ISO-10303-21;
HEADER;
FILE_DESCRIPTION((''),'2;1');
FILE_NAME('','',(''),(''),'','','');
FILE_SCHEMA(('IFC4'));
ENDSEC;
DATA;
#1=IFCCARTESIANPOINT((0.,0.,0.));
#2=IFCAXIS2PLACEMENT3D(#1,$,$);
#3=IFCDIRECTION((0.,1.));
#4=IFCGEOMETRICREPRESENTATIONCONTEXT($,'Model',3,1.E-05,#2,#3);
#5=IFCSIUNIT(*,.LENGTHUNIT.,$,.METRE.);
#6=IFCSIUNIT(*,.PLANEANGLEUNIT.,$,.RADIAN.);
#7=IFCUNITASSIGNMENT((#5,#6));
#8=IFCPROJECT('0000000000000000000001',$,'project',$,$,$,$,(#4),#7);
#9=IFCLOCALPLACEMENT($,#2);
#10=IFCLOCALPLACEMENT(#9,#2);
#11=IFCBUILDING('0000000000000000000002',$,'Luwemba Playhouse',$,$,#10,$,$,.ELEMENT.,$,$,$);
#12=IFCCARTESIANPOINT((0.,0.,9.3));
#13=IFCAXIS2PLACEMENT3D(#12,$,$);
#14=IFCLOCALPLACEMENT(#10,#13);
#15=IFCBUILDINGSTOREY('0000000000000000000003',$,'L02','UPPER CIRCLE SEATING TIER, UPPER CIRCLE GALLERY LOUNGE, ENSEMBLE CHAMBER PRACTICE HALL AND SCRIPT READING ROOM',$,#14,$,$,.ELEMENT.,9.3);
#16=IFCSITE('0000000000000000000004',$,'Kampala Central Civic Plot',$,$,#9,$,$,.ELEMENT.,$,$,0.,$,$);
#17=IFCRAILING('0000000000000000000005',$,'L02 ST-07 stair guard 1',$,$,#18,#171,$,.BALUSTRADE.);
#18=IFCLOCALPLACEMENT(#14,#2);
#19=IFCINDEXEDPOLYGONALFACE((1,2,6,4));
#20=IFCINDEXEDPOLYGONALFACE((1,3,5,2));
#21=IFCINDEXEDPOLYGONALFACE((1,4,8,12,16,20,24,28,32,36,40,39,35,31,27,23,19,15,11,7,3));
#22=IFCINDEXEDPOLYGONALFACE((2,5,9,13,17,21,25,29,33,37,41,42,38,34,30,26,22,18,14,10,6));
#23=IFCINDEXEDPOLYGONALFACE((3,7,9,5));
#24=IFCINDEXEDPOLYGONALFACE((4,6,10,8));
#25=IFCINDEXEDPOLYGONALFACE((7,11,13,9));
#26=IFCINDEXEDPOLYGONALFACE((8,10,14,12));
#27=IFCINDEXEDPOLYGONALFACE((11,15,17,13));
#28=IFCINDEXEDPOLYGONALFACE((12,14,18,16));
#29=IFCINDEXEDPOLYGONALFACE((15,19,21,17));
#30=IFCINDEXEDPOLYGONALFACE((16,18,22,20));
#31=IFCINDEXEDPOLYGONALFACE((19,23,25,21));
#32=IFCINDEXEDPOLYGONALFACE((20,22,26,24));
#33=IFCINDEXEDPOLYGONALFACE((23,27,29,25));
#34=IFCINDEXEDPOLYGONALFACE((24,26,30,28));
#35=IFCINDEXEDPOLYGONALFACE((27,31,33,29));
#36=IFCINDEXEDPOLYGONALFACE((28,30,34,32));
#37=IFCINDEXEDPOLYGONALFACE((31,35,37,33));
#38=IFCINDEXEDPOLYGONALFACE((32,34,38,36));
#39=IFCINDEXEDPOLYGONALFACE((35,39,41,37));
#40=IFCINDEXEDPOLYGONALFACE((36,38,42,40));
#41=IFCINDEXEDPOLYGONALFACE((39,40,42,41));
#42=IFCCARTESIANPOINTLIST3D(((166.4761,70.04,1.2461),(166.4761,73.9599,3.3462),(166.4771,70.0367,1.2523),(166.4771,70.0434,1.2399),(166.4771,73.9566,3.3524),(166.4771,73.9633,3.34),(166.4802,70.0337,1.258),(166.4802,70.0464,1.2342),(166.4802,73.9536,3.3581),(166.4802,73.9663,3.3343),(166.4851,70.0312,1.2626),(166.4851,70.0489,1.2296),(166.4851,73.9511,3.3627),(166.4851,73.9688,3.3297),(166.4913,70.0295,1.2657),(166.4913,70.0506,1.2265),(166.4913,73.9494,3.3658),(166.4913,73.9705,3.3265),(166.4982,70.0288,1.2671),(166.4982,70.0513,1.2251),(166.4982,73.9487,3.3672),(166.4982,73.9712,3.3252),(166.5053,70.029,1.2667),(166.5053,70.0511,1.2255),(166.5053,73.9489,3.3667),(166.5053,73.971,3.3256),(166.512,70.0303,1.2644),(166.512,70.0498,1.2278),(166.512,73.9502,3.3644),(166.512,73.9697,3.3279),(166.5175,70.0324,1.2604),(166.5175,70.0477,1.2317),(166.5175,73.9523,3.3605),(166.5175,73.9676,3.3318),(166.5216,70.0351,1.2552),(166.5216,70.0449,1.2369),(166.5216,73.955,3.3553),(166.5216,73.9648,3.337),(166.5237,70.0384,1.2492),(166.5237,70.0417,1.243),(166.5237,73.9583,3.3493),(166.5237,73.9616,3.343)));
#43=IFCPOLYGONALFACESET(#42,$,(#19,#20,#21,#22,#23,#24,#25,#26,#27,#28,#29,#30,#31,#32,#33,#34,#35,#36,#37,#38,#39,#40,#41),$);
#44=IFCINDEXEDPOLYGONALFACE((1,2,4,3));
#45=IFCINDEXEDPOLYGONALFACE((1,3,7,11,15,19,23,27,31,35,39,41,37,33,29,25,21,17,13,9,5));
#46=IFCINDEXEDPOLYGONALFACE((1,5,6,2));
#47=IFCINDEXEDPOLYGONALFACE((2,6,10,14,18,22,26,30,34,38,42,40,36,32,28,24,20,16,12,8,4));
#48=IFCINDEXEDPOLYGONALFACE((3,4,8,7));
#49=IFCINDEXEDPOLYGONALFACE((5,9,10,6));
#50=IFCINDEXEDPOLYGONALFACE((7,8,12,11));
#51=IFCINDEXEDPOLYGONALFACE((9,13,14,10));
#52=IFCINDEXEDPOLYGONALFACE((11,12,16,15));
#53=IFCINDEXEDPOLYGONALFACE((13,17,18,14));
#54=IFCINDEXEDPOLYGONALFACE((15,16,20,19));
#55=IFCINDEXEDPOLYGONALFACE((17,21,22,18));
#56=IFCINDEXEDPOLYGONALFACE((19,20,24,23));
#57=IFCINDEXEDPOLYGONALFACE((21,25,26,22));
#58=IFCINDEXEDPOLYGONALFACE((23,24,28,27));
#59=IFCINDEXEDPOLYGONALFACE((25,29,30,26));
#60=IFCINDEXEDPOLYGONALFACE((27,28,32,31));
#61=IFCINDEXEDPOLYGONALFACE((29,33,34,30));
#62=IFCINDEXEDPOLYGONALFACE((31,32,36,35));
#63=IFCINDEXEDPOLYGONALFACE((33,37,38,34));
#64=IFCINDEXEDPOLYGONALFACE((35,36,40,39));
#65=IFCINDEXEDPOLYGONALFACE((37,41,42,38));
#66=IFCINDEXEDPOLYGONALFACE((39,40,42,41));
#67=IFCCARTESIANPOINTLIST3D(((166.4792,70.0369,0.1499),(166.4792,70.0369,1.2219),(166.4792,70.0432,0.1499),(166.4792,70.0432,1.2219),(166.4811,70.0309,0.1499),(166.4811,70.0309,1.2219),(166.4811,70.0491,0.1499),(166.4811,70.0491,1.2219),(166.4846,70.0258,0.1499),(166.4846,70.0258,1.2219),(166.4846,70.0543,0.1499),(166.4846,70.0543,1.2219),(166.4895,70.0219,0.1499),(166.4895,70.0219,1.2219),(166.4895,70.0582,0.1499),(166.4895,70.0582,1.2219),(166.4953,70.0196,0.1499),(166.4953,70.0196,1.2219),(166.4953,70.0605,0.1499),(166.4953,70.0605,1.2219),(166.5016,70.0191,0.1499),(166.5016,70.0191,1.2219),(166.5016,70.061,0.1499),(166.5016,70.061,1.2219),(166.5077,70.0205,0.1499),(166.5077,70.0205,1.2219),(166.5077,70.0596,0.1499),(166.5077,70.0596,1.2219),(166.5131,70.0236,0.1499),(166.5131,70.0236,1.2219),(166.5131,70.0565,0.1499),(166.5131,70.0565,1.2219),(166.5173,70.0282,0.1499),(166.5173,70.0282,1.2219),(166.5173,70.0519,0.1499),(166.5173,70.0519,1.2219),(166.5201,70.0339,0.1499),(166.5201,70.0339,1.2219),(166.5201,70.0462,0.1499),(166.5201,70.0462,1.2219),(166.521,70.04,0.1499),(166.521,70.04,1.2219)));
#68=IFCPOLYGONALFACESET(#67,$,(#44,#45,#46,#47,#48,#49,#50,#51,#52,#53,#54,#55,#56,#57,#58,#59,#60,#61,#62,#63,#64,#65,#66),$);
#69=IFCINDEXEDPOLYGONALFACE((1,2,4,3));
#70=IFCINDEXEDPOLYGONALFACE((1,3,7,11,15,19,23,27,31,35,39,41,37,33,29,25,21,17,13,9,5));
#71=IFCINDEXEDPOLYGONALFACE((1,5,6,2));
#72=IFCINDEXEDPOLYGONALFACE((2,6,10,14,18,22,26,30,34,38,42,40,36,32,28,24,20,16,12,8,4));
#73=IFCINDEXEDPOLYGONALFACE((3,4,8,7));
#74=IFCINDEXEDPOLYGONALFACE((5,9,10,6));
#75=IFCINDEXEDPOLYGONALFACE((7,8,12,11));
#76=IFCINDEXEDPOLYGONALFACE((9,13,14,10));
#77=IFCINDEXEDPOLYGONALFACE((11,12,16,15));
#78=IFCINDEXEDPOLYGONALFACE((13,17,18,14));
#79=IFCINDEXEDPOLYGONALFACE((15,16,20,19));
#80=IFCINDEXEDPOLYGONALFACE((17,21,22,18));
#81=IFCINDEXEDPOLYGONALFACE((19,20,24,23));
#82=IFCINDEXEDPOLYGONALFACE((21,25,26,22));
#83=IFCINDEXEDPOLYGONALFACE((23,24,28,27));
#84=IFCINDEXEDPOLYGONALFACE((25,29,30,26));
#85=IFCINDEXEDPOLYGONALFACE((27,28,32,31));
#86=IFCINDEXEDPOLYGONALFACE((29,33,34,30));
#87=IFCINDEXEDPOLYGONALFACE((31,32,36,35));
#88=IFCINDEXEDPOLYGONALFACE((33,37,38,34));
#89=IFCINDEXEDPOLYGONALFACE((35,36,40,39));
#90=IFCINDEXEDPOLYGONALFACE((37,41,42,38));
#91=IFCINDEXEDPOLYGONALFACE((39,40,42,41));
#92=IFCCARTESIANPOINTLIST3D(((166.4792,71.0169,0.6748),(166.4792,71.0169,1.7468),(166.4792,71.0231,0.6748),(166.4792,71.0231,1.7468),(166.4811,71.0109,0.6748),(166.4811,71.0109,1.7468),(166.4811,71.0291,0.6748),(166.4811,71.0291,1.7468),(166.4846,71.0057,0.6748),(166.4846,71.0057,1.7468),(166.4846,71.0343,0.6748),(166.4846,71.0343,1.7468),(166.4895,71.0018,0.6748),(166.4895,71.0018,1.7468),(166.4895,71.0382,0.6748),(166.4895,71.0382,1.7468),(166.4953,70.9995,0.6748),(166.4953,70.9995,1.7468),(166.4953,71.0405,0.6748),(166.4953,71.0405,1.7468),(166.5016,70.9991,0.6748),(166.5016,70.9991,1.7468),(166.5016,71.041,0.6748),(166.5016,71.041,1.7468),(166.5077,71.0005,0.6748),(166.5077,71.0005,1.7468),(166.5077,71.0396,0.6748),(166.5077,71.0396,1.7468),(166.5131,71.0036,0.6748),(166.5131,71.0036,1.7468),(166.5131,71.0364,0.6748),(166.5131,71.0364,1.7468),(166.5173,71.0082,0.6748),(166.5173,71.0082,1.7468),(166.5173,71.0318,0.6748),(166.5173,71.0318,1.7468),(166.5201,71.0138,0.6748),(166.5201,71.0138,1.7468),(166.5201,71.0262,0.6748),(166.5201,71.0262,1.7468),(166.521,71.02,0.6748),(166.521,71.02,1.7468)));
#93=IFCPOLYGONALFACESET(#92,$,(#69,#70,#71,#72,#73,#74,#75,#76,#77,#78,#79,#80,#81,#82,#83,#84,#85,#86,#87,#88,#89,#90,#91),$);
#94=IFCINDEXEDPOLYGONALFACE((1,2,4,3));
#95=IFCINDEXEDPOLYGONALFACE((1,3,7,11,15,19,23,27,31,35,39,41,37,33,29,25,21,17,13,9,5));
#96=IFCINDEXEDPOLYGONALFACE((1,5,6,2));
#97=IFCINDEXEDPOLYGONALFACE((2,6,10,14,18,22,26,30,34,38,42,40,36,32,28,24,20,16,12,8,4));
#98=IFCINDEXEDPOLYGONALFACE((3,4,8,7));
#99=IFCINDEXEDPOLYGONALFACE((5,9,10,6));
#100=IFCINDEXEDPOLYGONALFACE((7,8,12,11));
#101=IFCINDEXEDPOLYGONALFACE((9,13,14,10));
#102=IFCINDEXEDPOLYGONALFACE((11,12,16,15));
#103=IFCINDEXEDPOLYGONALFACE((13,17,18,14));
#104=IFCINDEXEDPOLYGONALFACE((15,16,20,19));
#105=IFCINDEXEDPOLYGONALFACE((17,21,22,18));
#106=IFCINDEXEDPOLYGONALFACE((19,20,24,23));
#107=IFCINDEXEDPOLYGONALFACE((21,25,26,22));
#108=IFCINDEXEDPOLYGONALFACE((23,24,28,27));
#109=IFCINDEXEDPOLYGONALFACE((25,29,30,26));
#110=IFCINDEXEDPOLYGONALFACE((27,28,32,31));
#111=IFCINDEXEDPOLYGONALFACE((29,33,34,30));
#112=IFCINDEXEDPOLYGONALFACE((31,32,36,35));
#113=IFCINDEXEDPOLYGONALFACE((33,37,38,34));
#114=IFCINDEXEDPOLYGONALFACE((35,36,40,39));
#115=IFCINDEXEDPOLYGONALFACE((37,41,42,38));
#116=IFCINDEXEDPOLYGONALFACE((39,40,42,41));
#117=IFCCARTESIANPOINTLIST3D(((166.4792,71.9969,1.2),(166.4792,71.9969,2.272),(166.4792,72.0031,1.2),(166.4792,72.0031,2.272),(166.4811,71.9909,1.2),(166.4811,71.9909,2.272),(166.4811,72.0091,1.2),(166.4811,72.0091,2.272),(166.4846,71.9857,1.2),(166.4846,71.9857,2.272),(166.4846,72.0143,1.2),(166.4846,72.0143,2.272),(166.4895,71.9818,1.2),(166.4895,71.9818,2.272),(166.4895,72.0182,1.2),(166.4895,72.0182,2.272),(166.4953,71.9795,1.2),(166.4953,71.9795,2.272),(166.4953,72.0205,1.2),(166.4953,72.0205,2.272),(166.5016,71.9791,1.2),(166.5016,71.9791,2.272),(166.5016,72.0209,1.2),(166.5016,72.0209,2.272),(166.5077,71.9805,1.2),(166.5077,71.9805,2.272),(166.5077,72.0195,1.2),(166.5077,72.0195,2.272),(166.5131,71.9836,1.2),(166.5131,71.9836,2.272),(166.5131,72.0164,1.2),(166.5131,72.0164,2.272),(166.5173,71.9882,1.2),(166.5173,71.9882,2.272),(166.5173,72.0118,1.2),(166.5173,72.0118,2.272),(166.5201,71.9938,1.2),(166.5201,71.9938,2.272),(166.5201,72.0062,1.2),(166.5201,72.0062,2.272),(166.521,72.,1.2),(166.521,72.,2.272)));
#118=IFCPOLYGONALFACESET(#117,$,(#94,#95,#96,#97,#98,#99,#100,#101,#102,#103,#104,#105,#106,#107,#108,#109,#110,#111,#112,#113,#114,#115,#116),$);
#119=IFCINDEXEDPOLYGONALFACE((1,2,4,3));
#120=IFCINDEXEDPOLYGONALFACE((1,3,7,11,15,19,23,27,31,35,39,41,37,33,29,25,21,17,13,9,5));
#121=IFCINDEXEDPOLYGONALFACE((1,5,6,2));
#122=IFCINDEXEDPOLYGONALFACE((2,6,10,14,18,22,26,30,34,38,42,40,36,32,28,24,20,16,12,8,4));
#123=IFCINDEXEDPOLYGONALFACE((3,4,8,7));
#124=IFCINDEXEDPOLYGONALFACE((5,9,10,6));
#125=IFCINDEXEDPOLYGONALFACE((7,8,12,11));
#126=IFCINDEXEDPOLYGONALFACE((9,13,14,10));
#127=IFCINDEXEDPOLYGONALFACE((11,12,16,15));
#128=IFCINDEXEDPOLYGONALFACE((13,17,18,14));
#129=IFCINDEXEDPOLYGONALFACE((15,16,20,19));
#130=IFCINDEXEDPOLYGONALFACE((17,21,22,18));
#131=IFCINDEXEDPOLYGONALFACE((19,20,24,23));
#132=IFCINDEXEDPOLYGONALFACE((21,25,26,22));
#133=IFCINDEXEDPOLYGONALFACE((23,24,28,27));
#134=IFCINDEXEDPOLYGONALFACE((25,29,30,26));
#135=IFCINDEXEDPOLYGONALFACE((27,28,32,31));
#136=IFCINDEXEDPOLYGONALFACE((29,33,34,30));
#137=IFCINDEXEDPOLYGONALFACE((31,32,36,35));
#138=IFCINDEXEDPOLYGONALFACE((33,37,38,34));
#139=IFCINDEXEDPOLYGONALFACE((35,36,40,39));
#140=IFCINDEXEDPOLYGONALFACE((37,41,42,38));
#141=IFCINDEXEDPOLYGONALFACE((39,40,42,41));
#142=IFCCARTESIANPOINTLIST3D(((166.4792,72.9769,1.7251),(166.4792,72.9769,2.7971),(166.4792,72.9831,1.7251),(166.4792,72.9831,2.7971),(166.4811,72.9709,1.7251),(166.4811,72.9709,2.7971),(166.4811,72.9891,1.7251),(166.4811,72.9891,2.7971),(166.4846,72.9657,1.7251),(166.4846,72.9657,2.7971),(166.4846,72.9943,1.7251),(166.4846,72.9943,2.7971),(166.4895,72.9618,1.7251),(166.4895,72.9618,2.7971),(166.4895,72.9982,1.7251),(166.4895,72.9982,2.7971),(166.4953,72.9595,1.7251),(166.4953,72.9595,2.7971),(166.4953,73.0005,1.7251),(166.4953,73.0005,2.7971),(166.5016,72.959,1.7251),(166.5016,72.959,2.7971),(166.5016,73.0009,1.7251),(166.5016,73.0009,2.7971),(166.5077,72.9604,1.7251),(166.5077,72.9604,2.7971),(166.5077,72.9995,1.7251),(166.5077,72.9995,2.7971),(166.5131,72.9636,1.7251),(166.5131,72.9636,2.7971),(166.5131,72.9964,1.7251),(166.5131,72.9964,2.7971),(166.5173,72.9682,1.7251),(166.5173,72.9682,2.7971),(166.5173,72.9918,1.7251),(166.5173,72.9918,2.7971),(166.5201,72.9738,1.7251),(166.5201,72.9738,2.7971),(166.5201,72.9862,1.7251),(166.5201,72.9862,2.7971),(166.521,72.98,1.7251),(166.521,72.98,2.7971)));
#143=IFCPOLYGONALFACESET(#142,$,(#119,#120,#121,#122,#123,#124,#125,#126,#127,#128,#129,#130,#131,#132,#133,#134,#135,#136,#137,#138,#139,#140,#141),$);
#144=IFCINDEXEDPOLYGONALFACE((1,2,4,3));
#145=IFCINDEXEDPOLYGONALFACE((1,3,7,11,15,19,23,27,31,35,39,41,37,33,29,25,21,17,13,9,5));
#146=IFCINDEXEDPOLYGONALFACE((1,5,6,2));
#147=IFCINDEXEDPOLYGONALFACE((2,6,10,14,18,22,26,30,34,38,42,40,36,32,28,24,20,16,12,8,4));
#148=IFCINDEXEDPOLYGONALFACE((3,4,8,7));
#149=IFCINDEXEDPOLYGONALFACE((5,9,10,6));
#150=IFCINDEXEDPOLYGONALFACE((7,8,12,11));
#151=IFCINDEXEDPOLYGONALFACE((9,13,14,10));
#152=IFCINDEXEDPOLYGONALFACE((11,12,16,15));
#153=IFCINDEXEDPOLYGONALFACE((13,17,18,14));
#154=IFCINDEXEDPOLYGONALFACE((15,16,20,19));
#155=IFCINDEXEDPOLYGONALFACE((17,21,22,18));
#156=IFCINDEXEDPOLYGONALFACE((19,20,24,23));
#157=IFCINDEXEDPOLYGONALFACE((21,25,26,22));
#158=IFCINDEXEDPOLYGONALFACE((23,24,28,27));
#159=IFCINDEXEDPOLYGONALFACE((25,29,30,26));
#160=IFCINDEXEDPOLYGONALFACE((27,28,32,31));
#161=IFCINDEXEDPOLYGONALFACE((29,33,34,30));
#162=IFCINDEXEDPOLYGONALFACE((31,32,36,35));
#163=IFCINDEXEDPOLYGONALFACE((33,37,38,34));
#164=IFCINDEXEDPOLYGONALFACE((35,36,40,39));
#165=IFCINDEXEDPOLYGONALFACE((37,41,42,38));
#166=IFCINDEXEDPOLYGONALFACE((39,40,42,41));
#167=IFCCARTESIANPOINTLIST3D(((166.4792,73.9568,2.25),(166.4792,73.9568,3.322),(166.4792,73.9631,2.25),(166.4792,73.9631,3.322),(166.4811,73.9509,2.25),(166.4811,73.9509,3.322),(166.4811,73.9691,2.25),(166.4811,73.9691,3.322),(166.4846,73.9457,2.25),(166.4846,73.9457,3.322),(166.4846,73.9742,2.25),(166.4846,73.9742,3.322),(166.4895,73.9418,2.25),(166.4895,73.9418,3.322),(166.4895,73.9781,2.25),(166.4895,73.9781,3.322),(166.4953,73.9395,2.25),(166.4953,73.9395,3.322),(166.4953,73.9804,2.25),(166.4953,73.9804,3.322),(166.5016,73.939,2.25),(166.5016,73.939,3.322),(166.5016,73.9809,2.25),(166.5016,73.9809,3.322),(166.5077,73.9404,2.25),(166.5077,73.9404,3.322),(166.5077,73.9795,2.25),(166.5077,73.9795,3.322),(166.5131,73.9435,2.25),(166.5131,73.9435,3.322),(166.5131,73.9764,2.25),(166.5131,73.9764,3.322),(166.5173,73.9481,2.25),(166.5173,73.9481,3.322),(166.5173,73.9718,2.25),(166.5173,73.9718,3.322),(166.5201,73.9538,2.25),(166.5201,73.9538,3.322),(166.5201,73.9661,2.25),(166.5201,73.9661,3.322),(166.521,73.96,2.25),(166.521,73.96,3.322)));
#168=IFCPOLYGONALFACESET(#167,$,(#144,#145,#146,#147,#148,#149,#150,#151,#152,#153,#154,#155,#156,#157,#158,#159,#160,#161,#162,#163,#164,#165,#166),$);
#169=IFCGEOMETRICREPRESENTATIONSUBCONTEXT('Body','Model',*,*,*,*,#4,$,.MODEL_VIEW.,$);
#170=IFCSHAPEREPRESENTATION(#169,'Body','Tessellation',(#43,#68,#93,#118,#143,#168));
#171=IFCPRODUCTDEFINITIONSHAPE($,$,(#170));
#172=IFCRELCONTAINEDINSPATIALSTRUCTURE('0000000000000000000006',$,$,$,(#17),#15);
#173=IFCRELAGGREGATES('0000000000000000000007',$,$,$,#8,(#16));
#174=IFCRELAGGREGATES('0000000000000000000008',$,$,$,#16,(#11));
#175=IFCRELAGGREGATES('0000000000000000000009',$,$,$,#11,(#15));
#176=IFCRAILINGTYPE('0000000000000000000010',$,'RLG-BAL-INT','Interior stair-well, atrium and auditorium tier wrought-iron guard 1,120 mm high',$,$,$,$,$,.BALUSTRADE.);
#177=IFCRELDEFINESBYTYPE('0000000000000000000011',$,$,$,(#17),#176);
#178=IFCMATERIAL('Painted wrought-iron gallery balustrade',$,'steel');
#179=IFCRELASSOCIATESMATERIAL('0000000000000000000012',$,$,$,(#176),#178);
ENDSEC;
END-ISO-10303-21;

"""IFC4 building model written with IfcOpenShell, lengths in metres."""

from ifc_helpers import new_model, si_unit, direction, frame, origin, origin_2d, place, context, subcontext, project, spatial, circle, extrude, material, type_object, element, save


model = new_model("IFC4")

# Units and contexts
model_context = context("Model", 3, precision=1e-05, world=origin(), true_north=direction((0.0, 1.0)))
body_context = subcontext(model_context, "Body", "Model", "MODEL_VIEW")
ifc_project = project(units=[si_unit("LENGTHUNIT", "METRE"), si_unit("PLANEANGLEUNIT", "RADIAN")], contexts=[model_context])

# Site, building, storey
site_placement = place(None, origin())
site = spatial("IfcSite", under=ifc_project, at=site_placement, Name="Kampala Central Civic Plot", CompositionType="ELEMENT", RefElevation=0.0)
building_placement = place(site_placement, origin())
building = spatial("IfcBuilding", under=site, at=building_placement, Name="Luwemba Playhouse", CompositionType="ELEMENT")
storey_placement = place(building_placement, frame((0.0, 0.0, 9.3)))
storey = spatial("IfcBuildingStorey", under=building, at=storey_placement, Name="L02", Description="UPPER CIRCLE SEATING TIER, UPPER CIRCLE GALLERY LOUNGE, ENSEMBLE CHAMBER PRACTICE HALL AND SCRIPT READING ROOM", CompositionType="ELEMENT", Elevation=9.3)

# Railing
ifc_material_1 = material(Name="Painted wrought-iron gallery balustrade", Category="steel")
railing_type_1 = type_object("IfcRailingType", Name="RLG-BAL-INT", Description="Interior stair-well, atrium and auditorium tier wrought-iron guard 1,120 mm high", PredefinedType="BALUSTRADE", material=ifc_material_1)
railing_1_placement = place(storey_placement, frame((166.5, 70.04, 0.1499)))
element("IfcRailing", 1, at=railing_1_placement, inside=storey, type_object=railing_type_1, Name="L02 ST-07 stair guard 1", PredefinedType="BALUSTRADE", context=body_context, shape_type="SweptSolid", body=[
    extrude(circle(Radius=0.0239, at=origin_2d()), frame((0.0, 0.0, 1.0962), z_axis=(0.0, 0.881467, 0.472246), x_axis=(-1.0, 0.0, 0.0)), (0.0, 0.0, 1.0), 4.447),
    extrude(circle(Radius=0.021, at=origin_2d()), origin(), (0.0, 0.0, 1.0), 1.072),
    extrude(circle(Radius=0.021, at=origin_2d()), frame((0.0, 0.98, 0.5249)), (0.0, 0.0, 1.0), 1.072),
    extrude(circle(Radius=0.021, at=origin_2d()), frame((0.0, 1.96, 1.05)), (0.0, 0.0, 1.0), 1.072),
    extrude(circle(Radius=0.021, at=origin_2d()), frame((0.0, 2.9399, 1.5752)), (0.0, 0.0, 1.0), 1.072),
    extrude(circle(Radius=0.021, at=origin_2d()), frame((0.0, 3.9199, 2.1001)), (0.0, 0.0, 1.0), 1.072),
])

save(model, "model.ifc")
